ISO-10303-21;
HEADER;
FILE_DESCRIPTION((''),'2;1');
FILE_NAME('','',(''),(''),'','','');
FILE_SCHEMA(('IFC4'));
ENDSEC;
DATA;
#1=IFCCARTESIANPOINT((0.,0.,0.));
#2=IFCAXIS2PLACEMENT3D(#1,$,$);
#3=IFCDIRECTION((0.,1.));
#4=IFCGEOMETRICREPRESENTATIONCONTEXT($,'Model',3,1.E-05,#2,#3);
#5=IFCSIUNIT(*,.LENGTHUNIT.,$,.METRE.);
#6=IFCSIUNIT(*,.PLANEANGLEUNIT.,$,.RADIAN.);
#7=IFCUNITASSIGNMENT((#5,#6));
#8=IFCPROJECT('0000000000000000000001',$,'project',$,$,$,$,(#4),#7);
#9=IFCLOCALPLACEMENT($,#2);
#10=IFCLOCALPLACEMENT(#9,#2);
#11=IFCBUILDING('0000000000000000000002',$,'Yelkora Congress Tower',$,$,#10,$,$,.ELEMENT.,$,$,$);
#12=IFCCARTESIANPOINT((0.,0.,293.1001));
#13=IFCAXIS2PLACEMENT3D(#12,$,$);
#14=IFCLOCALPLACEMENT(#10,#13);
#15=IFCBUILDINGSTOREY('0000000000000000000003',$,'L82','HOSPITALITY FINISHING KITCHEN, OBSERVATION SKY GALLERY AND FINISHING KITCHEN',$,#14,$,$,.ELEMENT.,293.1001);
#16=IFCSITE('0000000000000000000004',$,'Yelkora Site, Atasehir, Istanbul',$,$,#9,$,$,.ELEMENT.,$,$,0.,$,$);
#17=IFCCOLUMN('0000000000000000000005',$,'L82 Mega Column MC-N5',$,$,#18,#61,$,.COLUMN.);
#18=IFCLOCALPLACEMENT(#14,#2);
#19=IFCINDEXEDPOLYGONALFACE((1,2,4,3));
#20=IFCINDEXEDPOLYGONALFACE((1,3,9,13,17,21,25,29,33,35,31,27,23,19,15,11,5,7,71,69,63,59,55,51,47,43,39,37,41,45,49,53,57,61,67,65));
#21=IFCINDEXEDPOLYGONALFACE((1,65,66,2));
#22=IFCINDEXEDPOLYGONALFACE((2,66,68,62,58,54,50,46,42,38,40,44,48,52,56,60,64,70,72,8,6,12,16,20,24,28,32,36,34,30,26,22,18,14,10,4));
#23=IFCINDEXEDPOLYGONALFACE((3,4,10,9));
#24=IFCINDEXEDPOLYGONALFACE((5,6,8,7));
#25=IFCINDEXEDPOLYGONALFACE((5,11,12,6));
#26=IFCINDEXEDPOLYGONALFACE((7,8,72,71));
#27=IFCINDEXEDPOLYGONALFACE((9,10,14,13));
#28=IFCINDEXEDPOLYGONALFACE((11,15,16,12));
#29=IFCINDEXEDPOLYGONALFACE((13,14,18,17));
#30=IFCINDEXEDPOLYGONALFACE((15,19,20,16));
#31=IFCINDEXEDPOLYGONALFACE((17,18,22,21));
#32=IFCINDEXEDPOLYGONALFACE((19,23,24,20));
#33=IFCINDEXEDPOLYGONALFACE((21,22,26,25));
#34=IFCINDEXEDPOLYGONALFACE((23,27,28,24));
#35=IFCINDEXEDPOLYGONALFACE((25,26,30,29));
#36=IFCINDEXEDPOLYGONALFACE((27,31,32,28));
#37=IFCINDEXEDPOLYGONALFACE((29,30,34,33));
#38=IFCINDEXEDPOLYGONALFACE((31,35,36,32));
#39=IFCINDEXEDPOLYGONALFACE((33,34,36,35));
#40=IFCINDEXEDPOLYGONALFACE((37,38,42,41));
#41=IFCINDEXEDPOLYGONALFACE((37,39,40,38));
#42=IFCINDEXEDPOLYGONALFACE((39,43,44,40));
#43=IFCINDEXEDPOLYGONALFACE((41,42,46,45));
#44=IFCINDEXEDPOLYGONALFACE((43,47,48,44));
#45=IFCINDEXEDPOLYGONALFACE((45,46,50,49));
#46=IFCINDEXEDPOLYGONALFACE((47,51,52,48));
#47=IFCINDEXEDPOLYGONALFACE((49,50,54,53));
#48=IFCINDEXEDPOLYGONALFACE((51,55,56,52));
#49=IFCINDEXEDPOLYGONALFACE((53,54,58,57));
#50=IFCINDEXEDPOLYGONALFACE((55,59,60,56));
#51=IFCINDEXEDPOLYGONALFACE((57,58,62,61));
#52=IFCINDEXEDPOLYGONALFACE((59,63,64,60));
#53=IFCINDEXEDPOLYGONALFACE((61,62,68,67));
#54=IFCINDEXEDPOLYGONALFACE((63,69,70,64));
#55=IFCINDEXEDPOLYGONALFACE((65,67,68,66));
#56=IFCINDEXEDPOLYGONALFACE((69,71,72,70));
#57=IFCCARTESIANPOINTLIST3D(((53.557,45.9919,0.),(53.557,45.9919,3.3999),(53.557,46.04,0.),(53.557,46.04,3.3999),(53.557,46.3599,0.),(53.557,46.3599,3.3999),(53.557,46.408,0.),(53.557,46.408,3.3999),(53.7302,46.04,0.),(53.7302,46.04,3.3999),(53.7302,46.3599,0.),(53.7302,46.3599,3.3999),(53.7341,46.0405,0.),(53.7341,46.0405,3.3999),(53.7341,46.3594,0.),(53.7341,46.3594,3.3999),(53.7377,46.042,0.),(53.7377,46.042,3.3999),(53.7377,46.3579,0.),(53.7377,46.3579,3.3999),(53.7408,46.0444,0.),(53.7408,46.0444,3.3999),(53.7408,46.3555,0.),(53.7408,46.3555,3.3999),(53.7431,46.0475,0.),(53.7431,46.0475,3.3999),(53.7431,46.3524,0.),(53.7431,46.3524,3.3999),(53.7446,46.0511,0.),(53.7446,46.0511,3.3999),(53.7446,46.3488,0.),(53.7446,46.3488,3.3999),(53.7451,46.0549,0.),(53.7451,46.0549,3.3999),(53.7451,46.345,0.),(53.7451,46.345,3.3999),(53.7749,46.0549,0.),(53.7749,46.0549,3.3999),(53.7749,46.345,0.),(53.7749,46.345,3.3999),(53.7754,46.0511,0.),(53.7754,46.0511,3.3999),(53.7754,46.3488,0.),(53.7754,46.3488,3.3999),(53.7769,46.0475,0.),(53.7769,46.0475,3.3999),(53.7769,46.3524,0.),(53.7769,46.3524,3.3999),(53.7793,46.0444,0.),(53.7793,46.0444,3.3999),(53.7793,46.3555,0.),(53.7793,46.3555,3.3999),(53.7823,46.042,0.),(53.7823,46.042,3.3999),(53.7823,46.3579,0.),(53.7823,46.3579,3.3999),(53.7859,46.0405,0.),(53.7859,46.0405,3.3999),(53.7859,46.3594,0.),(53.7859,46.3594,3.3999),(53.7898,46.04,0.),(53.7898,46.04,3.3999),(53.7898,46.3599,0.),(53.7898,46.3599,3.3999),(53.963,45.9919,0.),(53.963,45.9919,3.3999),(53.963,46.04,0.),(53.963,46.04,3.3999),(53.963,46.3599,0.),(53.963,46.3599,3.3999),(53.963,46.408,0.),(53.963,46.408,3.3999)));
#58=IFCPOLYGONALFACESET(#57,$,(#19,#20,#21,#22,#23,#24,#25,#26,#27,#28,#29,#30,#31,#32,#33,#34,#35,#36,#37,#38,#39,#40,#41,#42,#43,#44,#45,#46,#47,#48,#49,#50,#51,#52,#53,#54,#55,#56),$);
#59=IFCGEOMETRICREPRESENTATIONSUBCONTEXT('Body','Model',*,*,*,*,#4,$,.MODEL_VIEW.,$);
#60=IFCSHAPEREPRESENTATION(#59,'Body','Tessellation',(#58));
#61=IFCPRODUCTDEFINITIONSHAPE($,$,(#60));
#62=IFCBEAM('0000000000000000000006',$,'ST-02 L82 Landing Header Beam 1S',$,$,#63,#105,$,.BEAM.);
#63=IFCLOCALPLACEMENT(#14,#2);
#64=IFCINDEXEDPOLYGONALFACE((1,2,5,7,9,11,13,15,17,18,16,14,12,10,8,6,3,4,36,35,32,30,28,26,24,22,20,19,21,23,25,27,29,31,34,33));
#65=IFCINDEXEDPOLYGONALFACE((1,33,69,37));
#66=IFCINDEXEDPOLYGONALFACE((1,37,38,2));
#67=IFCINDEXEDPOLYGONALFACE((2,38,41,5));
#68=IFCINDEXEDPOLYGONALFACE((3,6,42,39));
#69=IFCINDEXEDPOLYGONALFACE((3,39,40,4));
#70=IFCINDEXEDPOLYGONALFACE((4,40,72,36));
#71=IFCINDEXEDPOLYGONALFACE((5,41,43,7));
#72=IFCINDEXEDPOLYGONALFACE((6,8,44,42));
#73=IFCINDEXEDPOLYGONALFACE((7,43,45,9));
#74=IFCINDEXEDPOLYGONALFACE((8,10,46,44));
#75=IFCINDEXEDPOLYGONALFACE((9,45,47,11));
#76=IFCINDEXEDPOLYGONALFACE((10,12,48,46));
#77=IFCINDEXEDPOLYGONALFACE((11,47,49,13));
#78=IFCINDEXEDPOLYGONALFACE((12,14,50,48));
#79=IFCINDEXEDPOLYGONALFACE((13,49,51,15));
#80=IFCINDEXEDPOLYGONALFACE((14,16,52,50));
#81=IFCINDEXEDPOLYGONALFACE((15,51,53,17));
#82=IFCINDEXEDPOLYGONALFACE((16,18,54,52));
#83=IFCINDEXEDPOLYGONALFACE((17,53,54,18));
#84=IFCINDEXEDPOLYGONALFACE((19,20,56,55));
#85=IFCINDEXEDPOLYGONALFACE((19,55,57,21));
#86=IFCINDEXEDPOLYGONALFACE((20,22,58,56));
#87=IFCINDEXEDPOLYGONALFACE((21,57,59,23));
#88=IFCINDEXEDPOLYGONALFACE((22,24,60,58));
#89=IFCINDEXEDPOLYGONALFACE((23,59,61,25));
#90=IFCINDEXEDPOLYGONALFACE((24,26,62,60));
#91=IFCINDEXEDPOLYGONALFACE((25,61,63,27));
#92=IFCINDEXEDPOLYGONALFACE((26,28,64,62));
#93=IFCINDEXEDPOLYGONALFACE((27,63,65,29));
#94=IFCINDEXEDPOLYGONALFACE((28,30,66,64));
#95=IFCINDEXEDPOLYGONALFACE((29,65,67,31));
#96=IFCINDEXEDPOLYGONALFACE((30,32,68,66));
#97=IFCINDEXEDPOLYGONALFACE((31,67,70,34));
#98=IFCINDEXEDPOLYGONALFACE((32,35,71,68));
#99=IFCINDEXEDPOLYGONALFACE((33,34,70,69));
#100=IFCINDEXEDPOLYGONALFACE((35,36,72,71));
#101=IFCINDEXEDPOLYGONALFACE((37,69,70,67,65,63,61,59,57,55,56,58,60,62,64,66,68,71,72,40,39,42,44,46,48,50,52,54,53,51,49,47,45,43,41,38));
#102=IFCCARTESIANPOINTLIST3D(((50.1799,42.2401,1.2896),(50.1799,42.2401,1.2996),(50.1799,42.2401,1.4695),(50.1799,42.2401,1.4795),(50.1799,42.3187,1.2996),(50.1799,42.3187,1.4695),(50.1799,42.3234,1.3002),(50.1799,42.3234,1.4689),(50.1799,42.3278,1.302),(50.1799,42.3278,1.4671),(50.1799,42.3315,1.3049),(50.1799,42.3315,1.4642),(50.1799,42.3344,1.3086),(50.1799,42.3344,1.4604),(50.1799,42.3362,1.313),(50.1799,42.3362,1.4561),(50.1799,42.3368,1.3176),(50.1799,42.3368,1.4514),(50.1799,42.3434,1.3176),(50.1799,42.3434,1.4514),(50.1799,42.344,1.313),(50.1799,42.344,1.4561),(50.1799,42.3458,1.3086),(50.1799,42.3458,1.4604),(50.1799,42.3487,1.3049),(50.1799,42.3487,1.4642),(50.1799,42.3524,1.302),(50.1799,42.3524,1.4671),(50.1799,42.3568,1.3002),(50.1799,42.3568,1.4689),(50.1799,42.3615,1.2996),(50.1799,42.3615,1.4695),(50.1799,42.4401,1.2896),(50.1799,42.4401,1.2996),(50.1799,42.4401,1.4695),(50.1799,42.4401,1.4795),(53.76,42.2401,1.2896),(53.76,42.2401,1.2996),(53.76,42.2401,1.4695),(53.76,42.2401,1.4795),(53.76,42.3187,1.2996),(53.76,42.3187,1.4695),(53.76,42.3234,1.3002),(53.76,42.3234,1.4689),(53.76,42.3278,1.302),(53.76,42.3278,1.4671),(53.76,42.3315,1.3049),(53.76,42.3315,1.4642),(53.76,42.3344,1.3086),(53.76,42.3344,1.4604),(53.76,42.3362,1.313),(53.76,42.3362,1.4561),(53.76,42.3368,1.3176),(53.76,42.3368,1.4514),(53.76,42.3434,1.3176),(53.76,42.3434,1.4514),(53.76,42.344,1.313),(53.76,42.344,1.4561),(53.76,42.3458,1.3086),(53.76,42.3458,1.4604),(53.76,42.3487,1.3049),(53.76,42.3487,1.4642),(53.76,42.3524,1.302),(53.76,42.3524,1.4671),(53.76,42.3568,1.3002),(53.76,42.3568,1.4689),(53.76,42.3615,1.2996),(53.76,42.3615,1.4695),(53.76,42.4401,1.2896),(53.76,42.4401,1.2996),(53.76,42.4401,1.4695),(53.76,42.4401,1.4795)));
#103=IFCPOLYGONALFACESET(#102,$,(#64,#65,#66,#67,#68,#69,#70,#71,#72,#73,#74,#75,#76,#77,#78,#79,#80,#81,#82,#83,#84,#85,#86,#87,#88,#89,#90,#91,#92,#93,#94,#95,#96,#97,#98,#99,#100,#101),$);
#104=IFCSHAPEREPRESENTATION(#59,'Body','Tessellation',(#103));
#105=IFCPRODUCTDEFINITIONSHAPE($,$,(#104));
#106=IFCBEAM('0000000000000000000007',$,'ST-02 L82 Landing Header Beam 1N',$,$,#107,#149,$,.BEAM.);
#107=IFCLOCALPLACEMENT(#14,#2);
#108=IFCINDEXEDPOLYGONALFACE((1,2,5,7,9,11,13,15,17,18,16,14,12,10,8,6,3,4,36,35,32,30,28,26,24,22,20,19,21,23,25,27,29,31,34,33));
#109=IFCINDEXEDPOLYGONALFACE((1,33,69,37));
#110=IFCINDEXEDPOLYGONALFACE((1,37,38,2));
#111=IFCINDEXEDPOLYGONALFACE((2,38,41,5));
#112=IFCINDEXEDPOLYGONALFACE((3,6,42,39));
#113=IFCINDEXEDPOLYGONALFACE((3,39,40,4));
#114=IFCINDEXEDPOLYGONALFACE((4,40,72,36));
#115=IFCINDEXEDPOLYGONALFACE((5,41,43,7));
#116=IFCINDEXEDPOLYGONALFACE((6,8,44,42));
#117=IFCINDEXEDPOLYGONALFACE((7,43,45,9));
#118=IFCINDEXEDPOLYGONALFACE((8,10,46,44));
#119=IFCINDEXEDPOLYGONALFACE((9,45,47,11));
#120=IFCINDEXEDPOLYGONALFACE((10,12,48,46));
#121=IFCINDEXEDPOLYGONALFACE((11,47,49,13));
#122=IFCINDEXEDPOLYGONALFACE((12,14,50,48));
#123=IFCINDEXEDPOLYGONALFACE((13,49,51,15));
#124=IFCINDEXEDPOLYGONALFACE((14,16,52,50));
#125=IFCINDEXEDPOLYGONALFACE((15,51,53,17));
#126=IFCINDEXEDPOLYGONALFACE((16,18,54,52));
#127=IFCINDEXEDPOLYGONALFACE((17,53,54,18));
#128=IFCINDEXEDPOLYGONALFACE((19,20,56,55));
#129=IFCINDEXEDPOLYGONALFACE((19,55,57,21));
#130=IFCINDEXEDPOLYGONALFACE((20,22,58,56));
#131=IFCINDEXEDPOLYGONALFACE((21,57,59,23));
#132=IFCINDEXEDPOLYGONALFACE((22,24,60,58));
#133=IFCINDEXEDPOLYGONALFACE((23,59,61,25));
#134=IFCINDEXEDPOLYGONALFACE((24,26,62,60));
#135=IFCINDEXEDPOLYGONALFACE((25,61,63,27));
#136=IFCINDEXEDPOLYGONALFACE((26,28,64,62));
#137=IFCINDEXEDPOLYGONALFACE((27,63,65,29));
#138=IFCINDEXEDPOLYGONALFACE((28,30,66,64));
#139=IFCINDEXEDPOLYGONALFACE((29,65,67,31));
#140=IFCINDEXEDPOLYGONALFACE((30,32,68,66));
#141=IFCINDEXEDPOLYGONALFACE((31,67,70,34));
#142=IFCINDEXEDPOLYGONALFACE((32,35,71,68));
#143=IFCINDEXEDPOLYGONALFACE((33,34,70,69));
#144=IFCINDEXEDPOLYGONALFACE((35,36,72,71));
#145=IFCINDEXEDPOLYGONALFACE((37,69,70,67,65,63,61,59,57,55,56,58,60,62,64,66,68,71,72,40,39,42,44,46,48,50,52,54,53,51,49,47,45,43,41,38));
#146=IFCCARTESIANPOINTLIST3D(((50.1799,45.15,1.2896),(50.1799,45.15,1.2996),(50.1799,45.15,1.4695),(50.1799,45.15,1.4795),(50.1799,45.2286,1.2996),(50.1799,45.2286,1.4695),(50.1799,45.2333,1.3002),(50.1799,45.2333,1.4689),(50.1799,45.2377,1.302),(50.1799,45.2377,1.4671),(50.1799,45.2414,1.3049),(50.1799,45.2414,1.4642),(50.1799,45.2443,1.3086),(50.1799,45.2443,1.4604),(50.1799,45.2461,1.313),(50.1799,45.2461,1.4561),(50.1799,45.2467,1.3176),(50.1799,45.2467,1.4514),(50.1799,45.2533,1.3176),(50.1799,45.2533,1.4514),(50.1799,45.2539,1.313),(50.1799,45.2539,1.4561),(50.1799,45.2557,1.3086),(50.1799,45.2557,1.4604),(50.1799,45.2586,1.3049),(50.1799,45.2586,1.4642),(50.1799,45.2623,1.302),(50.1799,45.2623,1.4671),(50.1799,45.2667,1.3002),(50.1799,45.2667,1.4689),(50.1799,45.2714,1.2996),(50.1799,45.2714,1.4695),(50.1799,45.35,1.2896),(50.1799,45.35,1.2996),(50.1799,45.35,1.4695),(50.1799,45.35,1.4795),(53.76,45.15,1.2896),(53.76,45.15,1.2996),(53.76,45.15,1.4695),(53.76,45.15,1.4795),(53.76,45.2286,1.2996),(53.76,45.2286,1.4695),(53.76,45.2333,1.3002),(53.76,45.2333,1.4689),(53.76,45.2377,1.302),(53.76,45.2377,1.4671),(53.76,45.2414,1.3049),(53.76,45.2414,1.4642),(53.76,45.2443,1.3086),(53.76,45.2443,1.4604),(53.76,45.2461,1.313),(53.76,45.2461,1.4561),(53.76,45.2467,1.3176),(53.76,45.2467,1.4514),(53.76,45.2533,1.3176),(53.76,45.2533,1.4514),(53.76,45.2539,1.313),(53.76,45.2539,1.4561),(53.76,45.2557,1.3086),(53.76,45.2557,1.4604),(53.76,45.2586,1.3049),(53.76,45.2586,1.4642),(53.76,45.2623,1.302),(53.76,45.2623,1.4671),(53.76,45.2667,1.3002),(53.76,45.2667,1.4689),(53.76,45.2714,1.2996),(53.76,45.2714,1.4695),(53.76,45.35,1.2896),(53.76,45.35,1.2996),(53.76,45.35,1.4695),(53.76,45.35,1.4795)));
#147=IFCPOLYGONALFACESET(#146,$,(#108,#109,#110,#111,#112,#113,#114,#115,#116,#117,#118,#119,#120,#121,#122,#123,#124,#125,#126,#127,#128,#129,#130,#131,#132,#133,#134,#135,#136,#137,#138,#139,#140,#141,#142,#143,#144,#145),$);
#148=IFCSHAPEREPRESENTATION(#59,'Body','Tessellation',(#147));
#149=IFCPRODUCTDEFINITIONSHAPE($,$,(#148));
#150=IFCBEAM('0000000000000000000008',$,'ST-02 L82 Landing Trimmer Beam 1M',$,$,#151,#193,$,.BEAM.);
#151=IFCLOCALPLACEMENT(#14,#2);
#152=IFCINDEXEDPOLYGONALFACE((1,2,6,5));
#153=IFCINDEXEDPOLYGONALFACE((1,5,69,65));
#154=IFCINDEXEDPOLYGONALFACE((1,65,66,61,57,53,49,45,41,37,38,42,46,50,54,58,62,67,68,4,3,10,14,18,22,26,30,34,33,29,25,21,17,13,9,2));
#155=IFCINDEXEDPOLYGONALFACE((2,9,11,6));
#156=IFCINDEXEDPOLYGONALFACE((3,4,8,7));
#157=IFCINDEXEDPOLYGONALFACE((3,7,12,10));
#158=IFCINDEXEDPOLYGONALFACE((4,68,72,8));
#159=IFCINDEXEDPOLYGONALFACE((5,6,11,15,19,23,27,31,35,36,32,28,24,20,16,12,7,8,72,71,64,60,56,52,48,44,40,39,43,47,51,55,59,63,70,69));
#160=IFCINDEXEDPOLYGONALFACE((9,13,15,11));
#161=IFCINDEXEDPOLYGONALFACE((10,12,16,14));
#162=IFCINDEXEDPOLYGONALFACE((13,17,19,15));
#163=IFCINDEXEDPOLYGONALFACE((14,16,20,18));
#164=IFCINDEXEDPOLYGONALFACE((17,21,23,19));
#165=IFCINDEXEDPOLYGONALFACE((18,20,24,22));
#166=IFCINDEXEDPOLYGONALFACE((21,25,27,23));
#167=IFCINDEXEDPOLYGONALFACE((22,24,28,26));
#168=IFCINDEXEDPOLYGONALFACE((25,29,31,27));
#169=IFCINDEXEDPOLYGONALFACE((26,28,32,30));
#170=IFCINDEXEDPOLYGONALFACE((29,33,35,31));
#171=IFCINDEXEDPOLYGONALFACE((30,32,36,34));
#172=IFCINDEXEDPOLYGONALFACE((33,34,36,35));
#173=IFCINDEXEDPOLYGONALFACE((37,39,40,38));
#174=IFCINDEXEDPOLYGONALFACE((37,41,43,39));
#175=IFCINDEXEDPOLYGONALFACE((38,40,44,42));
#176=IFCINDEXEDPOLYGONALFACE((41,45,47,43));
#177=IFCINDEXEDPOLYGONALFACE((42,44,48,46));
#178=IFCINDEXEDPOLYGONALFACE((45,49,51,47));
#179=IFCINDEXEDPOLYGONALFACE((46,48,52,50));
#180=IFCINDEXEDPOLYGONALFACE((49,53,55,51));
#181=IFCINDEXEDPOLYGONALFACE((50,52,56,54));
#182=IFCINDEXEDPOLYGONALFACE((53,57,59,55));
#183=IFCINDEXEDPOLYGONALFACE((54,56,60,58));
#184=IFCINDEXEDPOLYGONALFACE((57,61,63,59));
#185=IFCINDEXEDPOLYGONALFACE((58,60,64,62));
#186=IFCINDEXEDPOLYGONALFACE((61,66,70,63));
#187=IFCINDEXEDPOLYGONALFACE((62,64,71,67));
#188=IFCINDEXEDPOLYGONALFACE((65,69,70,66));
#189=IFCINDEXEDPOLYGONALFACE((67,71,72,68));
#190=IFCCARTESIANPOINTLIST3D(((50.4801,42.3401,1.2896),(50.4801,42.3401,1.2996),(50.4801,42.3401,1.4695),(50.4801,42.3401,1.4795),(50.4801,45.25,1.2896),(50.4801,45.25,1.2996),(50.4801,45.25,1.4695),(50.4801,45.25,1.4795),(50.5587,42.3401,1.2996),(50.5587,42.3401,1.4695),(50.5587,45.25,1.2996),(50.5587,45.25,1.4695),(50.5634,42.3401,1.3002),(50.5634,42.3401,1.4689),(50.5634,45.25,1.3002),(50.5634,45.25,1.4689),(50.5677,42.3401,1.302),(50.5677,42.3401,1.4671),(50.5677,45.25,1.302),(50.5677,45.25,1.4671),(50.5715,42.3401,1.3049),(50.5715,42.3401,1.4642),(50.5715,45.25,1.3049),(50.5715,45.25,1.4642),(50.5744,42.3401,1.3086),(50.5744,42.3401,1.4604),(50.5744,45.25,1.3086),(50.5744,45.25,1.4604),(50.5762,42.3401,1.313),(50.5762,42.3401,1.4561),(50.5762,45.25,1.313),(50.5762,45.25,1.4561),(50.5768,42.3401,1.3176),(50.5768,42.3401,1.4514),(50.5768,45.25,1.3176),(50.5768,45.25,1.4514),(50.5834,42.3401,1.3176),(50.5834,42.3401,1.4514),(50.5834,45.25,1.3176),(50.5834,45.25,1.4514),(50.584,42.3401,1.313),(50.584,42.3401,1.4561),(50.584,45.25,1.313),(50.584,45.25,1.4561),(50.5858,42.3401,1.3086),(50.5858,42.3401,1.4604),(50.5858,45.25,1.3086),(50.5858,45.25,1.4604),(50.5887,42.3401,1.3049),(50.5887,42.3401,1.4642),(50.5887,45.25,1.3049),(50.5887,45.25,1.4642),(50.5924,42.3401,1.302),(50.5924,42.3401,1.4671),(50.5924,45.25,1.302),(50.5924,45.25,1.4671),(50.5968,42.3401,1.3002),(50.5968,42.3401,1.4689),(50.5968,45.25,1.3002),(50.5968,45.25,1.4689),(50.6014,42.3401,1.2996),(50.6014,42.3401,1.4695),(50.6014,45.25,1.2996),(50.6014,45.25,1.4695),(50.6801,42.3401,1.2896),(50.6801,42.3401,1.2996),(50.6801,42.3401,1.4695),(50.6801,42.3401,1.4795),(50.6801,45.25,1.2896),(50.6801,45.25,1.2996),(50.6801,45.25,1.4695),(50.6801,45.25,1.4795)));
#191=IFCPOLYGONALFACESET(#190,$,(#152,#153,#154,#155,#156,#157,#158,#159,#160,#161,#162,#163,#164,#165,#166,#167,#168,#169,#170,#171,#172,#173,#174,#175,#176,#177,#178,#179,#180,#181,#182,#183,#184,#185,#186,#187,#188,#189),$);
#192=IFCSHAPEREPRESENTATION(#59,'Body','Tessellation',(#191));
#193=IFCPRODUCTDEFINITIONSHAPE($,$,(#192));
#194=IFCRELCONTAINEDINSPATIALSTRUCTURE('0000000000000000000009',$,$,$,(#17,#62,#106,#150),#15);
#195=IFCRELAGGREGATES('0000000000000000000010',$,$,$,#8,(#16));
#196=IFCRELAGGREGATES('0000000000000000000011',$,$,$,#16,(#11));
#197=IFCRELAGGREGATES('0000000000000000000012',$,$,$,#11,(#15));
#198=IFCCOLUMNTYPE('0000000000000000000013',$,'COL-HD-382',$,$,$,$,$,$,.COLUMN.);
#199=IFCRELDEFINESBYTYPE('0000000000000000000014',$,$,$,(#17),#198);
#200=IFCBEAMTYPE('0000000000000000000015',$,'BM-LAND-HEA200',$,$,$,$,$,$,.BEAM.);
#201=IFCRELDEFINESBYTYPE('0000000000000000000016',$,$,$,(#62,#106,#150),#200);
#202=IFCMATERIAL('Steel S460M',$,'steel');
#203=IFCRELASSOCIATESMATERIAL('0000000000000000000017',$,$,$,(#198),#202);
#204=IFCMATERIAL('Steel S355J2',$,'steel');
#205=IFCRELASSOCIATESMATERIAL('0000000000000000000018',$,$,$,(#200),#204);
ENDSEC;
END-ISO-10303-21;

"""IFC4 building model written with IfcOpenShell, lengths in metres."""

from ifc_helpers import new_model, si_unit, direction, frame, origin, origin_2d, place, context, subcontext, project, spatial, i_section, extrude, material, material_profile, profile_set, type_object, element, save


model = new_model("IFC4")

# Units and contexts
model_context = context("Model", 3, precision=1e-05, world=origin(), true_north=direction((0.0, 1.0)))
body_context = subcontext(model_context, "Body", "Model", "MODEL_VIEW")
ifc_project = project(units=[si_unit("LENGTHUNIT", "METRE"), si_unit("PLANEANGLEUNIT", "RADIAN")], contexts=[model_context])

# Site, building, storey
site_placement = place(None, origin())
site = spatial("IfcSite", under=ifc_project, at=site_placement, Name="Yelkora Site, Atasehir, Istanbul", CompositionType="ELEMENT", RefElevation=0.0)
building_placement = place(site_placement, origin())
building = spatial("IfcBuilding", under=site, at=building_placement, Name="Yelkora Congress Tower", CompositionType="ELEMENT")
storey_placement = place(building_placement, frame((0.0, 0.0, 293.1001)))
storey = spatial("IfcBuildingStorey", under=building, at=storey_placement, Name="L82", Description="HOSPITALITY FINISHING KITCHEN, OBSERVATION SKY GALLERY AND FINISHING KITCHEN", CompositionType="ELEMENT", Elevation=293.1001)

# Column
ifc_material_1 = material(Name="Steel S460M", Category="steel")
ifc_material_profile_1 = material_profile(ifc_material_1, i_section(OverallWidth=0.406, OverallDepth=0.416, WebThickness=0.0298, FlangeThickness=0.0481, FilletRadius=0.0149, at=origin_2d()), Name="HD 400x382")
ifc_profile_set_1 = profile_set([ifc_material_profile_1], Name="Steel S460M")
column_type = type_object("IfcColumnType", Name="COL-HD-382", PredefinedType="COLUMN", material=ifc_profile_set_1)
column_placement = place(storey_placement, frame((53.76, 46.2, 0.0), z_axis=(0.0, 0.0, 1.0), x_axis=(1.0, 0.0, 0.0)))
element("IfcColumn", 1, at=column_placement, inside=storey, type_object=column_type, Name="L82 Mega Column MC-N5", PredefinedType="COLUMN", context=body_context, shape_type="SweptSolid", body=[
    extrude(i_section(OverallWidth=0.406, OverallDepth=0.416, WebThickness=0.0298, FlangeThickness=0.0481, FilletRadius=0.0149, at=origin_2d()), origin(), (0.0, 0.0, 1.0), 3.3999),
])

# Beams
ifc_material_2 = material(Name="Steel S355J2", Category="steel")
ifc_material_profile_2 = material_profile(ifc_material_2, i_section(OverallWidth=0.2, OverallDepth=0.1899, WebThickness=0.0066, FlangeThickness=0.01, FilletRadius=0.0181, at=origin_2d()), Name="HEA 200")
ifc_profile_set_2 = profile_set([ifc_material_profile_2], Name="Steel S355J2")
beam_type = type_object("IfcBeamType", Name="BM-LAND-HEA200", PredefinedType="BEAM", material=ifc_profile_set_2)
for number, where, z_axis, x_axis, name in (
    (2, (50.1799, 42.3401, 1.3845), (1.0, 0.0, 0.0), (0.0, 1.0, 0.0), "ST-02 L82 Landing Header Beam 1S"),
    (3, (50.1799, 45.25, 1.3845), (1.0, 0.0, 0.0), (0.0, 1.0, 0.0), "ST-02 L82 Landing Header Beam 1N"),
):
    element("IfcBeam", number, at=place(storey_placement, frame(where, z_axis=z_axis, x_axis=x_axis)), inside=storey, type_object=beam_type, Name=name, PredefinedType="BEAM", context=body_context, shape_type="SweptSolid", body=[
        extrude(i_section(OverallWidth=0.2, OverallDepth=0.1899, WebThickness=0.0066, FlangeThickness=0.01, FilletRadius=0.0181, at=origin_2d()), origin(), (0.0, 0.0, 1.0), 3.5801),
    ])
beam_placement = place(storey_placement, frame((50.5801, 42.3401, 1.3845), z_axis=(0.0, 1.0, 0.0), x_axis=(-1.0, 0.0, 0.0)))
element("IfcBeam", 4, at=beam_placement, inside=storey, type_object=beam_type, Name="ST-02 L82 Landing Trimmer Beam 1M", PredefinedType="BEAM", context=body_context, shape_type="SweptSolid", body=[
    extrude(i_section(OverallWidth=0.2, OverallDepth=0.1899, WebThickness=0.0066, FlangeThickness=0.01, FilletRadius=0.0181, at=origin_2d()), origin(), (0.0, 0.0, 1.0), 2.9099),
])

save(model, "model.ifc")
